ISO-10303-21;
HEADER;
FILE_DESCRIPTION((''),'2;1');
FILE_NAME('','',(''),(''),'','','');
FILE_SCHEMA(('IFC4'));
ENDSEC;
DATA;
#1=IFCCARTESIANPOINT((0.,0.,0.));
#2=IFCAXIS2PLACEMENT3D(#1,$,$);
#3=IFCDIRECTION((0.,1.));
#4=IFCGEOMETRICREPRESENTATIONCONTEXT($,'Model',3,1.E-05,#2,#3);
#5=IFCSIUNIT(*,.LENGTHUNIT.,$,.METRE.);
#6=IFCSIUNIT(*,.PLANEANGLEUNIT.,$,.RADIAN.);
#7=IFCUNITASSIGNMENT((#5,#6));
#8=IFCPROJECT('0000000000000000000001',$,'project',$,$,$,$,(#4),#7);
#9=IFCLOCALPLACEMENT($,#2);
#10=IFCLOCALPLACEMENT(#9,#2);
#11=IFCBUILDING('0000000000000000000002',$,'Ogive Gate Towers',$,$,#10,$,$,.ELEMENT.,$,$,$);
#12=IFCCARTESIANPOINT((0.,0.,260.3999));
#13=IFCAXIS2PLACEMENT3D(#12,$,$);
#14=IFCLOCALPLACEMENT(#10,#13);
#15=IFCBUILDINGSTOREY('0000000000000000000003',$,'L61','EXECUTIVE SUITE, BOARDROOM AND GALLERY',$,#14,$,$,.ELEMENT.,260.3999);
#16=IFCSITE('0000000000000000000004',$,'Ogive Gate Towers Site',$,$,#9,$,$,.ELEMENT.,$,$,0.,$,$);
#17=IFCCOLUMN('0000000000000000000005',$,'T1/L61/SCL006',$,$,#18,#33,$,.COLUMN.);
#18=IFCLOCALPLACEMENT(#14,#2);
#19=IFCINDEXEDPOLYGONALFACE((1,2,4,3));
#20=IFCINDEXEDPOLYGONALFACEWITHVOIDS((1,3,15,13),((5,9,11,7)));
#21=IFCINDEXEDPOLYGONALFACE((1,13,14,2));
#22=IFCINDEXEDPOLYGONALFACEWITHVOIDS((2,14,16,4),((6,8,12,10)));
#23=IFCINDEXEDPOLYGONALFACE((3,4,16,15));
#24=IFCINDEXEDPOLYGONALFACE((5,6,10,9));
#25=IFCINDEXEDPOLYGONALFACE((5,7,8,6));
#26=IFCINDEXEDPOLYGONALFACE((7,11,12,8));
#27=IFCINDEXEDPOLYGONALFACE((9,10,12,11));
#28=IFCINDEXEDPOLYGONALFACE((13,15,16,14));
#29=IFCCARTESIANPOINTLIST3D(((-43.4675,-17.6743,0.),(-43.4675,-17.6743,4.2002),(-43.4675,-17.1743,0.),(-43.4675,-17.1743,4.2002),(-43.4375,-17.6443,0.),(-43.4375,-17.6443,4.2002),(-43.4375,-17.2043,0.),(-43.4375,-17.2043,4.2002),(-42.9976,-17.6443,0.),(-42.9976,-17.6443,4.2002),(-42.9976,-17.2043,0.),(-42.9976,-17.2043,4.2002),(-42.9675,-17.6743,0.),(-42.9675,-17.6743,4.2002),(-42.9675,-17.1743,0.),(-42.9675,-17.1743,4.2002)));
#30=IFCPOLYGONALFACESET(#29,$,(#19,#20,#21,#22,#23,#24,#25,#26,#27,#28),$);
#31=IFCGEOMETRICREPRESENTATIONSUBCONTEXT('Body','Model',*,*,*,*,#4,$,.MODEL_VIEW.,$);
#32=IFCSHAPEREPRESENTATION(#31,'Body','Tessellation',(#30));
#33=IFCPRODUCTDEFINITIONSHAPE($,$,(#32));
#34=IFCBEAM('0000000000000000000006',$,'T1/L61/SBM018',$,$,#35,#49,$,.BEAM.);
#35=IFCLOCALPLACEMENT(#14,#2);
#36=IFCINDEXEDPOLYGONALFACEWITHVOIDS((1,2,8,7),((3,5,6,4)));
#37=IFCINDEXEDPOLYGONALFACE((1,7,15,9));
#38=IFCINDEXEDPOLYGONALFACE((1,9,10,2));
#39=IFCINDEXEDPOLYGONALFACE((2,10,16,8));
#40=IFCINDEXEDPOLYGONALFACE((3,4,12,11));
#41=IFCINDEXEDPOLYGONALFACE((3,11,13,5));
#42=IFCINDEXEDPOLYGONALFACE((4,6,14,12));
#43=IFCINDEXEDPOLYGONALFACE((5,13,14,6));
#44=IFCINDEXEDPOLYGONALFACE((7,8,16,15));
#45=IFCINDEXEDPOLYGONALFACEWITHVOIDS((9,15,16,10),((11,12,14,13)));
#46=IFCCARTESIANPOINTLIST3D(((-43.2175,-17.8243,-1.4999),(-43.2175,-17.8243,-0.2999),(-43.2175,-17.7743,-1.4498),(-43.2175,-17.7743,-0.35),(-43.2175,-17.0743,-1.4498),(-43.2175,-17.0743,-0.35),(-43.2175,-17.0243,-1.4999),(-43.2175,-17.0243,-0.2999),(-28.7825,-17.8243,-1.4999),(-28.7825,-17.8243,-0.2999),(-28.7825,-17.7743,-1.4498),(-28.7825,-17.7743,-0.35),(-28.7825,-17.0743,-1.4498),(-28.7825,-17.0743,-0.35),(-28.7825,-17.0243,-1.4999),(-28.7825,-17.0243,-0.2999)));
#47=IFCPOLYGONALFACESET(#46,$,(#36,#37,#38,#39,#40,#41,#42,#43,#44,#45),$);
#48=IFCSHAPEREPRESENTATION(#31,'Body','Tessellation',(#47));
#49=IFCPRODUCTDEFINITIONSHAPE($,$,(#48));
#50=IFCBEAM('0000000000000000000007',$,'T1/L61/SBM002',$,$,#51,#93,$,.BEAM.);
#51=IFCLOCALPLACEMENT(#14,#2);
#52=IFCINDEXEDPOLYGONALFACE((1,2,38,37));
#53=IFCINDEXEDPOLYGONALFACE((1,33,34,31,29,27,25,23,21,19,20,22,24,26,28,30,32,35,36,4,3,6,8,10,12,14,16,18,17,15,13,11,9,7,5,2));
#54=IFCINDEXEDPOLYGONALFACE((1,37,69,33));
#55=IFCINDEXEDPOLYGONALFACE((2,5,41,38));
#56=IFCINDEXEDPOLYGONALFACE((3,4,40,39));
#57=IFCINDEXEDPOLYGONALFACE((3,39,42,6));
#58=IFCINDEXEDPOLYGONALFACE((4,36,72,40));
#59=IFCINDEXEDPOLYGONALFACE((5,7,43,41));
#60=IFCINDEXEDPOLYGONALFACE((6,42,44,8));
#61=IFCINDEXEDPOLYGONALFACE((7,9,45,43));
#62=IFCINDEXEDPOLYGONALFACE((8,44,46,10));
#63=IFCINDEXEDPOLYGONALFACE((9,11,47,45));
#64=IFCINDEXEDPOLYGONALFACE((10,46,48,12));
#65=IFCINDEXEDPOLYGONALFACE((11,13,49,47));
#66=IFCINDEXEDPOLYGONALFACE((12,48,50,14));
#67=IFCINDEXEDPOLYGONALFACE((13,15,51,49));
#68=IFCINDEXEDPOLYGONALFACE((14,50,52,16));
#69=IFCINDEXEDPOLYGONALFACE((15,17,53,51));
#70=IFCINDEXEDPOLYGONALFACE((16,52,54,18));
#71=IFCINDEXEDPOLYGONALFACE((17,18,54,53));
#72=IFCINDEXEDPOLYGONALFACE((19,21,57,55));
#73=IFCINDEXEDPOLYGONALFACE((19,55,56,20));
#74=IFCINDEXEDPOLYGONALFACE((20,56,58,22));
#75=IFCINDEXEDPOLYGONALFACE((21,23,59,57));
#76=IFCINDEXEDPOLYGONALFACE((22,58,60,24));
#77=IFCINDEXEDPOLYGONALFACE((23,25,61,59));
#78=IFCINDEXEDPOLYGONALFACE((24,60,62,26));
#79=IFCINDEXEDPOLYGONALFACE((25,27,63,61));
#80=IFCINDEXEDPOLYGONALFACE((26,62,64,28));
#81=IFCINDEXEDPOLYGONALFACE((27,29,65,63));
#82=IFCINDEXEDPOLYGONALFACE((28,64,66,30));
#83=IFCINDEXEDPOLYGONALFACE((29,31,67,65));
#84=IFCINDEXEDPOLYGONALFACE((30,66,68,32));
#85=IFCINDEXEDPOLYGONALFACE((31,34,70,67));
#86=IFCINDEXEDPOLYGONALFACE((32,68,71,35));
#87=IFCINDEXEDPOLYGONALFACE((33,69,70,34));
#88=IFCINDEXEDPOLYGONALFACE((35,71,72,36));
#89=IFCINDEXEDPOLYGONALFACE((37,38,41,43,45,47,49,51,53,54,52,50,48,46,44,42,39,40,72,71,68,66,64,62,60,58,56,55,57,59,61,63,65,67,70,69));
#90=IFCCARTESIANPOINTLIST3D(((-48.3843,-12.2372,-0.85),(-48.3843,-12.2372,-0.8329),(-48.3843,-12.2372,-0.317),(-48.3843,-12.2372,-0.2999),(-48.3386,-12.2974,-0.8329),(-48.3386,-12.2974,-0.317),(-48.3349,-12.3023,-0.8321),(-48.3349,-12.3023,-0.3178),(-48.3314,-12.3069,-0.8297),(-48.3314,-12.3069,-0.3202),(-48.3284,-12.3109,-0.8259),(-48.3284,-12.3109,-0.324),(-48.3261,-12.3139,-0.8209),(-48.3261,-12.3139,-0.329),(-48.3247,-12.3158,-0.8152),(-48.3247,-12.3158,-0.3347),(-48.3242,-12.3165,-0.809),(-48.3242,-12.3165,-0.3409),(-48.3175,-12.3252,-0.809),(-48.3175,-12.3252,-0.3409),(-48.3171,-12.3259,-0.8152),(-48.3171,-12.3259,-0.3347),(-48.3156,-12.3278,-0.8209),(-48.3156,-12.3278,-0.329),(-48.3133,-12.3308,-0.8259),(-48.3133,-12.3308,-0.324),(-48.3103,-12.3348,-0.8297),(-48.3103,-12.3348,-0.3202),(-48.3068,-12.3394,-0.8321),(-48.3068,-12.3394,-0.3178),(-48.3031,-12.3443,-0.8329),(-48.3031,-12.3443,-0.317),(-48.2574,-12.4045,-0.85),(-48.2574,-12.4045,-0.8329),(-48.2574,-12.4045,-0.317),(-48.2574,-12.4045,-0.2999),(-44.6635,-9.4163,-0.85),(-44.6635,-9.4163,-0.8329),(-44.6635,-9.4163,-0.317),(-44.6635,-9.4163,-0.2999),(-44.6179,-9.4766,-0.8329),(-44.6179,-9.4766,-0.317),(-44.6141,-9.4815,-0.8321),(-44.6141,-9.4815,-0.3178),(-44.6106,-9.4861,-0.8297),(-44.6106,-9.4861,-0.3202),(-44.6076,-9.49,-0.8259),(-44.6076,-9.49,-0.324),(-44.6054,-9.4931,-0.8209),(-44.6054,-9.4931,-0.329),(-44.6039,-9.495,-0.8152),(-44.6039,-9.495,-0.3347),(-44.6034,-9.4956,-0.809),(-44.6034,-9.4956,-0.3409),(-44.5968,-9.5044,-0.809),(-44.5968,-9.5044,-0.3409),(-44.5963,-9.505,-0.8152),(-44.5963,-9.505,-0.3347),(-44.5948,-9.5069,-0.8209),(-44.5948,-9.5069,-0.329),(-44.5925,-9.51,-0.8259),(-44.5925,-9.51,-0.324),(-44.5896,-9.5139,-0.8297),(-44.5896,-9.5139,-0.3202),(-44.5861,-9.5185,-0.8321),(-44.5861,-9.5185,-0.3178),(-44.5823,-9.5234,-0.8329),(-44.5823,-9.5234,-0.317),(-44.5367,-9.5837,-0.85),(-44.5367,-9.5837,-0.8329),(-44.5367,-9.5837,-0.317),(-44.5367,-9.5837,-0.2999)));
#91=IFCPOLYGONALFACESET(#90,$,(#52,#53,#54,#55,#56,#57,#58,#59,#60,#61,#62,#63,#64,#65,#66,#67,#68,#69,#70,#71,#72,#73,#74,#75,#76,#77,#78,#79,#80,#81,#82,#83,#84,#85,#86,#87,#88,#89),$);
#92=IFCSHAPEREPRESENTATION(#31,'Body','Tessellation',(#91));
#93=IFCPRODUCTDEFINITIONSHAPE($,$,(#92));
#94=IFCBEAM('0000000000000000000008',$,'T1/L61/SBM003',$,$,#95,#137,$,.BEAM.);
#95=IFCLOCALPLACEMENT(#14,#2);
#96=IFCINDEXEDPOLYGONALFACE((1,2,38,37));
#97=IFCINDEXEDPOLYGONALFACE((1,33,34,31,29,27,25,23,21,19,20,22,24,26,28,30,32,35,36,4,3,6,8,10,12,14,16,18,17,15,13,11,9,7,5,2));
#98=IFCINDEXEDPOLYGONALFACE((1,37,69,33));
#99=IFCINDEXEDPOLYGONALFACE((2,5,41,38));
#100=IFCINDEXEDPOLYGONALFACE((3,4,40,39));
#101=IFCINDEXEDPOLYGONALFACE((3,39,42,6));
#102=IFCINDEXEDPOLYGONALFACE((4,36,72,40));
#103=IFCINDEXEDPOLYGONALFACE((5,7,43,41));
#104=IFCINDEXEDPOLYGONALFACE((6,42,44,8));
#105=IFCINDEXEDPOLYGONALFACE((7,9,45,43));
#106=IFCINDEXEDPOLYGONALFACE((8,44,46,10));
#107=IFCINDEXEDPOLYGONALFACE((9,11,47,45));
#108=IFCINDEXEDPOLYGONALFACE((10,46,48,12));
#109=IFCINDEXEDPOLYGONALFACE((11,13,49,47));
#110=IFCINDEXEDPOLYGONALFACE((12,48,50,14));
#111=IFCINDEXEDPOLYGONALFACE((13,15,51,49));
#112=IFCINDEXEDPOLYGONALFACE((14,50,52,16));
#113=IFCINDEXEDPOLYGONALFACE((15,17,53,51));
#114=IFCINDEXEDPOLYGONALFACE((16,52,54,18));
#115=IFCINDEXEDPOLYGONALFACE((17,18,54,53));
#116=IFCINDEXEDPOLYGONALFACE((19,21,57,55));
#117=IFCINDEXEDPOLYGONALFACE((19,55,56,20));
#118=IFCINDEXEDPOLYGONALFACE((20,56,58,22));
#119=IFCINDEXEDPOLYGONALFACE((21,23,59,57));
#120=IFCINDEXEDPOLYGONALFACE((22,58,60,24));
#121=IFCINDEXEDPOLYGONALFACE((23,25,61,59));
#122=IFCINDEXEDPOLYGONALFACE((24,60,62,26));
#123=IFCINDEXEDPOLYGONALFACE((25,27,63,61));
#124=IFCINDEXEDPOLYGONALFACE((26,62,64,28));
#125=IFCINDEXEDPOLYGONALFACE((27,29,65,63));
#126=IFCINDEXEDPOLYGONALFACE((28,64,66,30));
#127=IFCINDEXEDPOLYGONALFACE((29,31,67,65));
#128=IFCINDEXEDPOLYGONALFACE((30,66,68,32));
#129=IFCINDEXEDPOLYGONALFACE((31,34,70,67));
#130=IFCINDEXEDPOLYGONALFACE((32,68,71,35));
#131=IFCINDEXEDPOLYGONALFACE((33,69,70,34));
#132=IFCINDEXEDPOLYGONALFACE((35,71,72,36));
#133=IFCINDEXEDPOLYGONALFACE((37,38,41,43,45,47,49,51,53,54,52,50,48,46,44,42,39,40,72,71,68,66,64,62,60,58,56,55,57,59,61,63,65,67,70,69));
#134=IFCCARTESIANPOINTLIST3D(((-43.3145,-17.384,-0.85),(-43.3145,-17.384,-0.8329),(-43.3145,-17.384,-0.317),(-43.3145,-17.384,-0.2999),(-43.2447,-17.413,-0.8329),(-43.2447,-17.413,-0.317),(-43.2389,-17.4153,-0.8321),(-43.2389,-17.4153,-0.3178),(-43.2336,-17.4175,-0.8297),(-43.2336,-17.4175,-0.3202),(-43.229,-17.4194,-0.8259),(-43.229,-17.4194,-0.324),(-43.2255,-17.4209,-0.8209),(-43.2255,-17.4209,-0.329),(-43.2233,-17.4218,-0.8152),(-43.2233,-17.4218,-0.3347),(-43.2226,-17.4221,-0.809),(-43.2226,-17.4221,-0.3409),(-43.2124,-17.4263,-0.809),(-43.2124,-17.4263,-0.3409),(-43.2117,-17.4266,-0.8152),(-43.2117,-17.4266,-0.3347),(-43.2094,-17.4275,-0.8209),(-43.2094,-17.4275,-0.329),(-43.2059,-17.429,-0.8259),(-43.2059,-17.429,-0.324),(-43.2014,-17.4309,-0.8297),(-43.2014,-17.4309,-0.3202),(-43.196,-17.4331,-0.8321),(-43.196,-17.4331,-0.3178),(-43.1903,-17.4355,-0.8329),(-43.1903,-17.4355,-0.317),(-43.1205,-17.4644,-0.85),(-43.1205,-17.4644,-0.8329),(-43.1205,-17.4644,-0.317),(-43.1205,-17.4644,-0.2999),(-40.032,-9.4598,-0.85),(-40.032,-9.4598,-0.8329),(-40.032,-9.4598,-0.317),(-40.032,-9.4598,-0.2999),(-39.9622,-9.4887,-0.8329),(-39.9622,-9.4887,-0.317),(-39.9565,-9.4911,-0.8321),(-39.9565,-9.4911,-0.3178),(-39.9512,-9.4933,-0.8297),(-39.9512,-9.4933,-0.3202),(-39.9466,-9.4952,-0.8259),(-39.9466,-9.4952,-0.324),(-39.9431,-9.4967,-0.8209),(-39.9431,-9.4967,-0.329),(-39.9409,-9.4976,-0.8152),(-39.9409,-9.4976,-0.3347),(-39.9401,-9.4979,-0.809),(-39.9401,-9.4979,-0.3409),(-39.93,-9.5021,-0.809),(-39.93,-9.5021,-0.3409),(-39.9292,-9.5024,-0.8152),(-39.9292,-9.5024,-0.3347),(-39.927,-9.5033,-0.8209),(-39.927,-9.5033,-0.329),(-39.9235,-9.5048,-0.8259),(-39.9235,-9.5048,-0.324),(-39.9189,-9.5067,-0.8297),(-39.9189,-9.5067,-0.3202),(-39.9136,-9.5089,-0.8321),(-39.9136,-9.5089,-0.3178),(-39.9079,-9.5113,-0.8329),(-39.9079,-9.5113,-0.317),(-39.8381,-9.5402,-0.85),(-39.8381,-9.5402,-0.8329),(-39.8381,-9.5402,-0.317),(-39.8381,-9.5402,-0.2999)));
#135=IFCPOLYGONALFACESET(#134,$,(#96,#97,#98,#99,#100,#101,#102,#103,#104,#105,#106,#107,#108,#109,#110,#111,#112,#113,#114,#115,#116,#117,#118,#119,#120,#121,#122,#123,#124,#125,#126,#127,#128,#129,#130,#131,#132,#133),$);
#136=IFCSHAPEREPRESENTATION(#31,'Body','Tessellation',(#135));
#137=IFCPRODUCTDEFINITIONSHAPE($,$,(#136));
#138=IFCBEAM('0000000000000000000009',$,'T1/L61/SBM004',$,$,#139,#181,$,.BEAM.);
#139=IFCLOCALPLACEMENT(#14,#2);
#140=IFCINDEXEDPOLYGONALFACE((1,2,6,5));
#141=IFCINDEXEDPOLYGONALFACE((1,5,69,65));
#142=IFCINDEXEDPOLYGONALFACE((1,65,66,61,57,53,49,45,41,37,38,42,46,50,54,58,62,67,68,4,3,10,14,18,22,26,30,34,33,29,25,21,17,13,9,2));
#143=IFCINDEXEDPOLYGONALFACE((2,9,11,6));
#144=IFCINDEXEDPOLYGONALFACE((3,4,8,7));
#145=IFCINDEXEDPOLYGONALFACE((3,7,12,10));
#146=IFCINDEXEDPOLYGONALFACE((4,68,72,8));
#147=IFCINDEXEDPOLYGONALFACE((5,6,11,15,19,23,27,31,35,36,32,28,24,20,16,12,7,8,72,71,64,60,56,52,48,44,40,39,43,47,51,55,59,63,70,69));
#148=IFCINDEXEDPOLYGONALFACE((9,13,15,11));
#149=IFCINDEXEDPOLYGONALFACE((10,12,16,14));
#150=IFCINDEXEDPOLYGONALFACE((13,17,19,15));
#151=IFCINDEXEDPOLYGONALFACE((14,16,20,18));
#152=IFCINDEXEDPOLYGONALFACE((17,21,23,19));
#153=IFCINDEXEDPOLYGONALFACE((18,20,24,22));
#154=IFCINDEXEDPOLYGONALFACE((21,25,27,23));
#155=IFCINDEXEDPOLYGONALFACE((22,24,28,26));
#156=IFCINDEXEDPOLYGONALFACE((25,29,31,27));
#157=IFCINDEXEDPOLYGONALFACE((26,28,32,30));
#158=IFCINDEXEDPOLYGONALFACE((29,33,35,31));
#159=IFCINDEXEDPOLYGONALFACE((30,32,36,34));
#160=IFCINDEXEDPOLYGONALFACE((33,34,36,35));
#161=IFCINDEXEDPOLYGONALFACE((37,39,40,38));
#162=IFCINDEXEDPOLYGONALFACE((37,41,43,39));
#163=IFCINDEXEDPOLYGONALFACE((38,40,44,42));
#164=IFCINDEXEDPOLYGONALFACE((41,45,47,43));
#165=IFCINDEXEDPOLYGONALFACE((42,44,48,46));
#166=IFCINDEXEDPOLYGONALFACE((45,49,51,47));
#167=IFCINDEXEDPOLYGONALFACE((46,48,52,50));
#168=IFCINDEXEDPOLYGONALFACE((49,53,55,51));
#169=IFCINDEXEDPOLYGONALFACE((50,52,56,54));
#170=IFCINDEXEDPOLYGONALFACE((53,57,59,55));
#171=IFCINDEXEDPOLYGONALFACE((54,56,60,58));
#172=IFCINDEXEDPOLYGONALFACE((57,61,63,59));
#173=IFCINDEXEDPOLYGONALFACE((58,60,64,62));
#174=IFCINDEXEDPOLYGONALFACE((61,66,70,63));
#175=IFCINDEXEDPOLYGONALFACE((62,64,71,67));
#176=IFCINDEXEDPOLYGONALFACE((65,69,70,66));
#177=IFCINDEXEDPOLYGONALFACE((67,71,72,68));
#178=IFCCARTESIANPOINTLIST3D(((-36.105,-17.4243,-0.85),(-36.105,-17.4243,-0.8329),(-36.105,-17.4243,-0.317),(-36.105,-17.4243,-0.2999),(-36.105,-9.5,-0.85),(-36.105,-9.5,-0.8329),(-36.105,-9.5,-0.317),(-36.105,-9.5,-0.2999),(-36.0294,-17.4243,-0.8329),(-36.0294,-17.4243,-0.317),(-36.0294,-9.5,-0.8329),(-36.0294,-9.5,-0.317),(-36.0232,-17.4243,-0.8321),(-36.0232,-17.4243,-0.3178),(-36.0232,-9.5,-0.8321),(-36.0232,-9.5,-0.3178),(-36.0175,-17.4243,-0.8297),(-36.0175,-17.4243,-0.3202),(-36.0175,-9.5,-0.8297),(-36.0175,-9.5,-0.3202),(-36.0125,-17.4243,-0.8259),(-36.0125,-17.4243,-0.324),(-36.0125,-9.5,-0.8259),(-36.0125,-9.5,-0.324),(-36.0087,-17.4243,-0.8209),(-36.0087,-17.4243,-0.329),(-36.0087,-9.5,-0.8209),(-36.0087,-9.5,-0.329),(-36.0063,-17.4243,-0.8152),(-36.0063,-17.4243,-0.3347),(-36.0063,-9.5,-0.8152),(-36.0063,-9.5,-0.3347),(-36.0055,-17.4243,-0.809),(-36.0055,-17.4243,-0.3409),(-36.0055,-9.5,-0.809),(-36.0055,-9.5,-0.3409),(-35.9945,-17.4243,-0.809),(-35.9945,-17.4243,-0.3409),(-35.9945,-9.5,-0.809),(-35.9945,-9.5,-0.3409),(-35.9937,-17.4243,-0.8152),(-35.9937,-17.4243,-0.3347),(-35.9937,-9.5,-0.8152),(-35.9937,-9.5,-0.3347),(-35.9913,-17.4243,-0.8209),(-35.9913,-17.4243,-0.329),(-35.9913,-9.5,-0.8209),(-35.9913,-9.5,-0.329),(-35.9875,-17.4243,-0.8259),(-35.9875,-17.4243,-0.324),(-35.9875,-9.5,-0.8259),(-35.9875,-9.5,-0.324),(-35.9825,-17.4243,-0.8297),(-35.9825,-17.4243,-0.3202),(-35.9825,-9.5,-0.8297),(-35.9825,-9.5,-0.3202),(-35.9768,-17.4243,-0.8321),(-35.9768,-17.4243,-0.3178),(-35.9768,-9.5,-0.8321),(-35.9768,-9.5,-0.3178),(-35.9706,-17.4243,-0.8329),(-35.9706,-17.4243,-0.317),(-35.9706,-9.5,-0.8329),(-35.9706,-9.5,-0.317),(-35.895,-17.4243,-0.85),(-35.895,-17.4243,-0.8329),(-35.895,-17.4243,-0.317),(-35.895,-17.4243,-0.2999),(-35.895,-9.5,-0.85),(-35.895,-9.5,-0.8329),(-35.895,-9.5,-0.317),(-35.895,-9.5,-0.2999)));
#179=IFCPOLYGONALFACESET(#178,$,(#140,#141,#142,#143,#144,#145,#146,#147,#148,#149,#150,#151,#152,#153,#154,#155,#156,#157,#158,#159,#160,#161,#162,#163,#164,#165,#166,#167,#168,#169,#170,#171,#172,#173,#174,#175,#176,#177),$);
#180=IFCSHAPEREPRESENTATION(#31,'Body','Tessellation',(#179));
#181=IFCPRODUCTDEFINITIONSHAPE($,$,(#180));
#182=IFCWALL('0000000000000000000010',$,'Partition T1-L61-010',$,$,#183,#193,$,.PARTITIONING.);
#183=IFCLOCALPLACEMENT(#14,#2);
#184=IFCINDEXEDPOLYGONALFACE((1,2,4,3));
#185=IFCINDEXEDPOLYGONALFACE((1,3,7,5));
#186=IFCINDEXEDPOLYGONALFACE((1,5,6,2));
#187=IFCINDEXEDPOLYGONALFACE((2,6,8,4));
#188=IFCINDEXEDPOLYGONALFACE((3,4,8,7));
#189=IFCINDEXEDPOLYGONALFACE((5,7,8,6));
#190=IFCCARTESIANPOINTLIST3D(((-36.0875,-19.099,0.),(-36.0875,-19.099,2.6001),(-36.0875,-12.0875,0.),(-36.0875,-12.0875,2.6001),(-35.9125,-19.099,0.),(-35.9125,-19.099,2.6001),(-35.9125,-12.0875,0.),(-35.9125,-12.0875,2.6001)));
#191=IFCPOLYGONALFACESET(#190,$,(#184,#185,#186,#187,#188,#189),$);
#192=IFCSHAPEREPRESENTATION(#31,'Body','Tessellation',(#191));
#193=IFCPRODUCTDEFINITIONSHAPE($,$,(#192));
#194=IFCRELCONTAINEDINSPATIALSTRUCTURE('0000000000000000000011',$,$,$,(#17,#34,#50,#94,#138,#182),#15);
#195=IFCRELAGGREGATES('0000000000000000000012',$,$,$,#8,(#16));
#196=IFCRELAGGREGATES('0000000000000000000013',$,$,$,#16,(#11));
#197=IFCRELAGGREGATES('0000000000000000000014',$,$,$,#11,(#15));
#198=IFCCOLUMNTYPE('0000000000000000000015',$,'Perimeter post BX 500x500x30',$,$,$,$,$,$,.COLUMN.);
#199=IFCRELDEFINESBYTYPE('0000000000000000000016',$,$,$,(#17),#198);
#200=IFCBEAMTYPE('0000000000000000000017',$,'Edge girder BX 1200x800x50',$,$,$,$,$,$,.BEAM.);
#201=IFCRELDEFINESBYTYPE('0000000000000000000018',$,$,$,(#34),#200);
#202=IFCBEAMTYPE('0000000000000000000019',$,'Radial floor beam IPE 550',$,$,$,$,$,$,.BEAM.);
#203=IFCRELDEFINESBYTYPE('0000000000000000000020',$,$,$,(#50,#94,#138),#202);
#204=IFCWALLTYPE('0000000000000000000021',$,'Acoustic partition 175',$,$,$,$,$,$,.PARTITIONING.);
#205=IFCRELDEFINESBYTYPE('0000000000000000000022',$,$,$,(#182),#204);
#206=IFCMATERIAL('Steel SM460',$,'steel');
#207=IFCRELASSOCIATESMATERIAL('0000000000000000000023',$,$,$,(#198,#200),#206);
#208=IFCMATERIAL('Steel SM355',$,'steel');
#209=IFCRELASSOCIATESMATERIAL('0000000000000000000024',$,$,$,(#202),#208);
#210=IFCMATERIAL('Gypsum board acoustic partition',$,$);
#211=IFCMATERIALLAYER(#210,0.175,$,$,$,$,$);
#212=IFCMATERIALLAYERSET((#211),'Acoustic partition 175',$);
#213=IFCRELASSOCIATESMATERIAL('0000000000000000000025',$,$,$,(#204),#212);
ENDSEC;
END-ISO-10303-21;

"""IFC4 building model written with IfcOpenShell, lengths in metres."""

from ifc_helpers import new_model, si_unit, direction, frame, frame_2d, origin, origin_2d, place, context, subcontext, project, spatial, rectangle, hollow_rectangle, i_section, extrude, material, layer, layer_set, material_profile, profile_set, type_object, element, save


model = new_model("IFC4")

# Units and contexts
model_context = context("Model", 3, precision=1e-05, world=origin(), true_north=direction((0.0, 1.0)))
body_context = subcontext(model_context, "Body", "Model", "MODEL_VIEW")
ifc_project = project(units=[si_unit("LENGTHUNIT", "METRE"), si_unit("PLANEANGLEUNIT", "RADIAN")], contexts=[model_context])

# Site, building, storey
site_placement = place(None, origin())
site = spatial("IfcSite", under=ifc_project, at=site_placement, Name="Ogive Gate Towers Site", CompositionType="ELEMENT", RefElevation=0.0)
building_placement = place(site_placement, origin())
building = spatial("IfcBuilding", under=site, at=building_placement, Name="Ogive Gate Towers", CompositionType="ELEMENT")
storey_placement = place(building_placement, frame((0.0, 0.0, 260.3999)))
storey = spatial("IfcBuildingStorey", under=building, at=storey_placement, Name="L61", Description="EXECUTIVE SUITE, BOARDROOM AND GALLERY", CompositionType="ELEMENT", Elevation=260.3999)

# Column
ifc_material_1 = material(Name="Steel SM460", Category="steel")
ifc_material_profile_1 = material_profile(ifc_material_1, hollow_rectangle(XDim=0.5, YDim=0.5, WallThickness=0.03, at=origin_2d()), Name="BX 500x500x30")
ifc_profile_set_1 = profile_set([ifc_material_profile_1], Name="Steel SM460")
column_type = type_object("IfcColumnType", Name="Perimeter post BX 500x500x30", PredefinedType="COLUMN", material=ifc_profile_set_1)
column_placement = place(storey_placement, frame((-43.2175, -17.4243, 0.0), z_axis=(0.0, 0.0, 1.0), x_axis=(1.0, 0.0, 0.0)))
element("IfcColumn", 1, at=column_placement, inside=storey, type_object=column_type, Name="T1/L61/SCL006", PredefinedType="COLUMN", context=body_context, shape_type="SweptSolid", body=[
    extrude(hollow_rectangle(XDim=0.5, YDim=0.5, WallThickness=0.03, at=origin_2d()), origin(), (0.0, 0.0, 1.0), 4.2002),
])

# Beams
ifc_material_profile_2 = material_profile(ifc_material_1, hollow_rectangle(XDim=0.8, YDim=1.2, WallThickness=0.05, at=origin_2d()), Name="BX 1200x800x50")
ifc_profile_set_2 = profile_set([ifc_material_profile_2], Name="Steel SM460")
beam_type_1 = type_object("IfcBeamType", Name="Edge girder BX 1200x800x50", PredefinedType="BEAM", material=ifc_profile_set_2)
beam_1_placement = place(storey_placement, frame((-43.2175, -17.4243, -0.8999), z_axis=(1.0, 0.0, 0.0), x_axis=(0.0, 1.0, 0.0)))
element("IfcBeam", 2, at=beam_1_placement, inside=storey, type_object=beam_type_1, Name="T1/L61/SBM018", PredefinedType="BEAM", context=body_context, shape_type="SweptSolid", body=[
    extrude(hollow_rectangle(XDim=0.8, YDim=1.2, WallThickness=0.05, at=origin_2d()), origin(), (0.0, 0.0, 1.0), 14.4351),
])
ifc_material_2 = material(Name="Steel SM355", Category="steel")
ifc_material_profile_3 = material_profile(ifc_material_2, i_section(OverallWidth=0.21, OverallDepth=0.55, WebThickness=0.011, FlangeThickness=0.0171, FilletRadius=0.0239, at=origin_2d()), Name="IPE 550")
ifc_profile_set_3 = profile_set([ifc_material_profile_3], Name="Steel SM355")
beam_type_2 = type_object("IfcBeamType", Name="Radial floor beam IPE 550", PredefinedType="BEAM", material=ifc_profile_set_3)
beam_2_placement = place(storey_placement, frame((-44.6001, -9.5, -0.575), z_axis=(-0.796877, -0.604142, 0.0), x_axis=(0.604142, -0.796877, 0.0)))
element("IfcBeam", 3, at=beam_2_placement, inside=storey, type_object=beam_type_2, Name="T1/L61/SBM002", PredefinedType="BEAM", context=body_context, shape_type="SweptSolid", body=[
    extrude(i_section(OverallWidth=0.21, OverallDepth=0.55, WebThickness=0.011, FlangeThickness=0.0171, FilletRadius=0.0239, at=origin_2d()), origin(), (0.0, 0.0, 1.0), 4.6692),
])
beam_3_placement = place(storey_placement, frame((-39.9351, -9.5, -0.575), z_axis=(-0.382695, -0.923875, 0.0), x_axis=(0.923875, -0.382695, 0.0)))
element("IfcBeam", 4, at=beam_3_placement, inside=storey, type_object=beam_type_2, Name="T1/L61/SBM003", PredefinedType="BEAM", context=body_context, shape_type="SweptSolid", body=[
    extrude(i_section(OverallWidth=0.21, OverallDepth=0.55, WebThickness=0.011, FlangeThickness=0.0171, FilletRadius=0.0239, at=origin_2d()), origin(), (0.0, 0.0, 1.0), 8.5771),
])
beam_4_placement = place(storey_placement, frame((-36.0, -9.5, -0.575), z_axis=(0.0, -1.0, 0.0), x_axis=(1.0, 0.0, 0.0)))
element("IfcBeam", 5, at=beam_4_placement, inside=storey, type_object=beam_type_2, Name="T1/L61/SBM004", PredefinedType="BEAM", context=body_context, shape_type="SweptSolid", body=[
    extrude(i_section(OverallWidth=0.21, OverallDepth=0.55, WebThickness=0.011, FlangeThickness=0.0171, FilletRadius=0.0239, at=origin_2d()), origin(), (0.0, 0.0, 1.0), 7.9243),
])

# Wall
ifc_material_3 = material(Name="Gypsum board acoustic partition")
ifc_layer_1 = layer(ifc_material_3, 0.175)
ifc_layer_set_1 = layer_set([ifc_layer_1], Name="Acoustic partition 175")
wall_type_1 = type_object("IfcWallType", Name="Acoustic partition 175", PredefinedType="PARTITIONING", material=ifc_layer_set_1)
wall_1_placement = place(storey_placement, frame((-36.0, -19.0991, 0.0), z_axis=(0.0, 0.0, 1.0), x_axis=(0.0, 1.0, 0.0)))
element("IfcWall", 6, at=wall_1_placement, inside=storey, type_object=wall_type_1, Name="Partition T1-L61-010", PredefinedType="PARTITIONING", context=body_context, shape_type="SweptSolid", body=[
    extrude(rectangle(XDim=7.0115, YDim=0.175, at=frame_2d((3.5059, 0.0))), origin(), (0.0, 0.0, 1.0), 2.6001),
])

save(model, "model.ifc")
